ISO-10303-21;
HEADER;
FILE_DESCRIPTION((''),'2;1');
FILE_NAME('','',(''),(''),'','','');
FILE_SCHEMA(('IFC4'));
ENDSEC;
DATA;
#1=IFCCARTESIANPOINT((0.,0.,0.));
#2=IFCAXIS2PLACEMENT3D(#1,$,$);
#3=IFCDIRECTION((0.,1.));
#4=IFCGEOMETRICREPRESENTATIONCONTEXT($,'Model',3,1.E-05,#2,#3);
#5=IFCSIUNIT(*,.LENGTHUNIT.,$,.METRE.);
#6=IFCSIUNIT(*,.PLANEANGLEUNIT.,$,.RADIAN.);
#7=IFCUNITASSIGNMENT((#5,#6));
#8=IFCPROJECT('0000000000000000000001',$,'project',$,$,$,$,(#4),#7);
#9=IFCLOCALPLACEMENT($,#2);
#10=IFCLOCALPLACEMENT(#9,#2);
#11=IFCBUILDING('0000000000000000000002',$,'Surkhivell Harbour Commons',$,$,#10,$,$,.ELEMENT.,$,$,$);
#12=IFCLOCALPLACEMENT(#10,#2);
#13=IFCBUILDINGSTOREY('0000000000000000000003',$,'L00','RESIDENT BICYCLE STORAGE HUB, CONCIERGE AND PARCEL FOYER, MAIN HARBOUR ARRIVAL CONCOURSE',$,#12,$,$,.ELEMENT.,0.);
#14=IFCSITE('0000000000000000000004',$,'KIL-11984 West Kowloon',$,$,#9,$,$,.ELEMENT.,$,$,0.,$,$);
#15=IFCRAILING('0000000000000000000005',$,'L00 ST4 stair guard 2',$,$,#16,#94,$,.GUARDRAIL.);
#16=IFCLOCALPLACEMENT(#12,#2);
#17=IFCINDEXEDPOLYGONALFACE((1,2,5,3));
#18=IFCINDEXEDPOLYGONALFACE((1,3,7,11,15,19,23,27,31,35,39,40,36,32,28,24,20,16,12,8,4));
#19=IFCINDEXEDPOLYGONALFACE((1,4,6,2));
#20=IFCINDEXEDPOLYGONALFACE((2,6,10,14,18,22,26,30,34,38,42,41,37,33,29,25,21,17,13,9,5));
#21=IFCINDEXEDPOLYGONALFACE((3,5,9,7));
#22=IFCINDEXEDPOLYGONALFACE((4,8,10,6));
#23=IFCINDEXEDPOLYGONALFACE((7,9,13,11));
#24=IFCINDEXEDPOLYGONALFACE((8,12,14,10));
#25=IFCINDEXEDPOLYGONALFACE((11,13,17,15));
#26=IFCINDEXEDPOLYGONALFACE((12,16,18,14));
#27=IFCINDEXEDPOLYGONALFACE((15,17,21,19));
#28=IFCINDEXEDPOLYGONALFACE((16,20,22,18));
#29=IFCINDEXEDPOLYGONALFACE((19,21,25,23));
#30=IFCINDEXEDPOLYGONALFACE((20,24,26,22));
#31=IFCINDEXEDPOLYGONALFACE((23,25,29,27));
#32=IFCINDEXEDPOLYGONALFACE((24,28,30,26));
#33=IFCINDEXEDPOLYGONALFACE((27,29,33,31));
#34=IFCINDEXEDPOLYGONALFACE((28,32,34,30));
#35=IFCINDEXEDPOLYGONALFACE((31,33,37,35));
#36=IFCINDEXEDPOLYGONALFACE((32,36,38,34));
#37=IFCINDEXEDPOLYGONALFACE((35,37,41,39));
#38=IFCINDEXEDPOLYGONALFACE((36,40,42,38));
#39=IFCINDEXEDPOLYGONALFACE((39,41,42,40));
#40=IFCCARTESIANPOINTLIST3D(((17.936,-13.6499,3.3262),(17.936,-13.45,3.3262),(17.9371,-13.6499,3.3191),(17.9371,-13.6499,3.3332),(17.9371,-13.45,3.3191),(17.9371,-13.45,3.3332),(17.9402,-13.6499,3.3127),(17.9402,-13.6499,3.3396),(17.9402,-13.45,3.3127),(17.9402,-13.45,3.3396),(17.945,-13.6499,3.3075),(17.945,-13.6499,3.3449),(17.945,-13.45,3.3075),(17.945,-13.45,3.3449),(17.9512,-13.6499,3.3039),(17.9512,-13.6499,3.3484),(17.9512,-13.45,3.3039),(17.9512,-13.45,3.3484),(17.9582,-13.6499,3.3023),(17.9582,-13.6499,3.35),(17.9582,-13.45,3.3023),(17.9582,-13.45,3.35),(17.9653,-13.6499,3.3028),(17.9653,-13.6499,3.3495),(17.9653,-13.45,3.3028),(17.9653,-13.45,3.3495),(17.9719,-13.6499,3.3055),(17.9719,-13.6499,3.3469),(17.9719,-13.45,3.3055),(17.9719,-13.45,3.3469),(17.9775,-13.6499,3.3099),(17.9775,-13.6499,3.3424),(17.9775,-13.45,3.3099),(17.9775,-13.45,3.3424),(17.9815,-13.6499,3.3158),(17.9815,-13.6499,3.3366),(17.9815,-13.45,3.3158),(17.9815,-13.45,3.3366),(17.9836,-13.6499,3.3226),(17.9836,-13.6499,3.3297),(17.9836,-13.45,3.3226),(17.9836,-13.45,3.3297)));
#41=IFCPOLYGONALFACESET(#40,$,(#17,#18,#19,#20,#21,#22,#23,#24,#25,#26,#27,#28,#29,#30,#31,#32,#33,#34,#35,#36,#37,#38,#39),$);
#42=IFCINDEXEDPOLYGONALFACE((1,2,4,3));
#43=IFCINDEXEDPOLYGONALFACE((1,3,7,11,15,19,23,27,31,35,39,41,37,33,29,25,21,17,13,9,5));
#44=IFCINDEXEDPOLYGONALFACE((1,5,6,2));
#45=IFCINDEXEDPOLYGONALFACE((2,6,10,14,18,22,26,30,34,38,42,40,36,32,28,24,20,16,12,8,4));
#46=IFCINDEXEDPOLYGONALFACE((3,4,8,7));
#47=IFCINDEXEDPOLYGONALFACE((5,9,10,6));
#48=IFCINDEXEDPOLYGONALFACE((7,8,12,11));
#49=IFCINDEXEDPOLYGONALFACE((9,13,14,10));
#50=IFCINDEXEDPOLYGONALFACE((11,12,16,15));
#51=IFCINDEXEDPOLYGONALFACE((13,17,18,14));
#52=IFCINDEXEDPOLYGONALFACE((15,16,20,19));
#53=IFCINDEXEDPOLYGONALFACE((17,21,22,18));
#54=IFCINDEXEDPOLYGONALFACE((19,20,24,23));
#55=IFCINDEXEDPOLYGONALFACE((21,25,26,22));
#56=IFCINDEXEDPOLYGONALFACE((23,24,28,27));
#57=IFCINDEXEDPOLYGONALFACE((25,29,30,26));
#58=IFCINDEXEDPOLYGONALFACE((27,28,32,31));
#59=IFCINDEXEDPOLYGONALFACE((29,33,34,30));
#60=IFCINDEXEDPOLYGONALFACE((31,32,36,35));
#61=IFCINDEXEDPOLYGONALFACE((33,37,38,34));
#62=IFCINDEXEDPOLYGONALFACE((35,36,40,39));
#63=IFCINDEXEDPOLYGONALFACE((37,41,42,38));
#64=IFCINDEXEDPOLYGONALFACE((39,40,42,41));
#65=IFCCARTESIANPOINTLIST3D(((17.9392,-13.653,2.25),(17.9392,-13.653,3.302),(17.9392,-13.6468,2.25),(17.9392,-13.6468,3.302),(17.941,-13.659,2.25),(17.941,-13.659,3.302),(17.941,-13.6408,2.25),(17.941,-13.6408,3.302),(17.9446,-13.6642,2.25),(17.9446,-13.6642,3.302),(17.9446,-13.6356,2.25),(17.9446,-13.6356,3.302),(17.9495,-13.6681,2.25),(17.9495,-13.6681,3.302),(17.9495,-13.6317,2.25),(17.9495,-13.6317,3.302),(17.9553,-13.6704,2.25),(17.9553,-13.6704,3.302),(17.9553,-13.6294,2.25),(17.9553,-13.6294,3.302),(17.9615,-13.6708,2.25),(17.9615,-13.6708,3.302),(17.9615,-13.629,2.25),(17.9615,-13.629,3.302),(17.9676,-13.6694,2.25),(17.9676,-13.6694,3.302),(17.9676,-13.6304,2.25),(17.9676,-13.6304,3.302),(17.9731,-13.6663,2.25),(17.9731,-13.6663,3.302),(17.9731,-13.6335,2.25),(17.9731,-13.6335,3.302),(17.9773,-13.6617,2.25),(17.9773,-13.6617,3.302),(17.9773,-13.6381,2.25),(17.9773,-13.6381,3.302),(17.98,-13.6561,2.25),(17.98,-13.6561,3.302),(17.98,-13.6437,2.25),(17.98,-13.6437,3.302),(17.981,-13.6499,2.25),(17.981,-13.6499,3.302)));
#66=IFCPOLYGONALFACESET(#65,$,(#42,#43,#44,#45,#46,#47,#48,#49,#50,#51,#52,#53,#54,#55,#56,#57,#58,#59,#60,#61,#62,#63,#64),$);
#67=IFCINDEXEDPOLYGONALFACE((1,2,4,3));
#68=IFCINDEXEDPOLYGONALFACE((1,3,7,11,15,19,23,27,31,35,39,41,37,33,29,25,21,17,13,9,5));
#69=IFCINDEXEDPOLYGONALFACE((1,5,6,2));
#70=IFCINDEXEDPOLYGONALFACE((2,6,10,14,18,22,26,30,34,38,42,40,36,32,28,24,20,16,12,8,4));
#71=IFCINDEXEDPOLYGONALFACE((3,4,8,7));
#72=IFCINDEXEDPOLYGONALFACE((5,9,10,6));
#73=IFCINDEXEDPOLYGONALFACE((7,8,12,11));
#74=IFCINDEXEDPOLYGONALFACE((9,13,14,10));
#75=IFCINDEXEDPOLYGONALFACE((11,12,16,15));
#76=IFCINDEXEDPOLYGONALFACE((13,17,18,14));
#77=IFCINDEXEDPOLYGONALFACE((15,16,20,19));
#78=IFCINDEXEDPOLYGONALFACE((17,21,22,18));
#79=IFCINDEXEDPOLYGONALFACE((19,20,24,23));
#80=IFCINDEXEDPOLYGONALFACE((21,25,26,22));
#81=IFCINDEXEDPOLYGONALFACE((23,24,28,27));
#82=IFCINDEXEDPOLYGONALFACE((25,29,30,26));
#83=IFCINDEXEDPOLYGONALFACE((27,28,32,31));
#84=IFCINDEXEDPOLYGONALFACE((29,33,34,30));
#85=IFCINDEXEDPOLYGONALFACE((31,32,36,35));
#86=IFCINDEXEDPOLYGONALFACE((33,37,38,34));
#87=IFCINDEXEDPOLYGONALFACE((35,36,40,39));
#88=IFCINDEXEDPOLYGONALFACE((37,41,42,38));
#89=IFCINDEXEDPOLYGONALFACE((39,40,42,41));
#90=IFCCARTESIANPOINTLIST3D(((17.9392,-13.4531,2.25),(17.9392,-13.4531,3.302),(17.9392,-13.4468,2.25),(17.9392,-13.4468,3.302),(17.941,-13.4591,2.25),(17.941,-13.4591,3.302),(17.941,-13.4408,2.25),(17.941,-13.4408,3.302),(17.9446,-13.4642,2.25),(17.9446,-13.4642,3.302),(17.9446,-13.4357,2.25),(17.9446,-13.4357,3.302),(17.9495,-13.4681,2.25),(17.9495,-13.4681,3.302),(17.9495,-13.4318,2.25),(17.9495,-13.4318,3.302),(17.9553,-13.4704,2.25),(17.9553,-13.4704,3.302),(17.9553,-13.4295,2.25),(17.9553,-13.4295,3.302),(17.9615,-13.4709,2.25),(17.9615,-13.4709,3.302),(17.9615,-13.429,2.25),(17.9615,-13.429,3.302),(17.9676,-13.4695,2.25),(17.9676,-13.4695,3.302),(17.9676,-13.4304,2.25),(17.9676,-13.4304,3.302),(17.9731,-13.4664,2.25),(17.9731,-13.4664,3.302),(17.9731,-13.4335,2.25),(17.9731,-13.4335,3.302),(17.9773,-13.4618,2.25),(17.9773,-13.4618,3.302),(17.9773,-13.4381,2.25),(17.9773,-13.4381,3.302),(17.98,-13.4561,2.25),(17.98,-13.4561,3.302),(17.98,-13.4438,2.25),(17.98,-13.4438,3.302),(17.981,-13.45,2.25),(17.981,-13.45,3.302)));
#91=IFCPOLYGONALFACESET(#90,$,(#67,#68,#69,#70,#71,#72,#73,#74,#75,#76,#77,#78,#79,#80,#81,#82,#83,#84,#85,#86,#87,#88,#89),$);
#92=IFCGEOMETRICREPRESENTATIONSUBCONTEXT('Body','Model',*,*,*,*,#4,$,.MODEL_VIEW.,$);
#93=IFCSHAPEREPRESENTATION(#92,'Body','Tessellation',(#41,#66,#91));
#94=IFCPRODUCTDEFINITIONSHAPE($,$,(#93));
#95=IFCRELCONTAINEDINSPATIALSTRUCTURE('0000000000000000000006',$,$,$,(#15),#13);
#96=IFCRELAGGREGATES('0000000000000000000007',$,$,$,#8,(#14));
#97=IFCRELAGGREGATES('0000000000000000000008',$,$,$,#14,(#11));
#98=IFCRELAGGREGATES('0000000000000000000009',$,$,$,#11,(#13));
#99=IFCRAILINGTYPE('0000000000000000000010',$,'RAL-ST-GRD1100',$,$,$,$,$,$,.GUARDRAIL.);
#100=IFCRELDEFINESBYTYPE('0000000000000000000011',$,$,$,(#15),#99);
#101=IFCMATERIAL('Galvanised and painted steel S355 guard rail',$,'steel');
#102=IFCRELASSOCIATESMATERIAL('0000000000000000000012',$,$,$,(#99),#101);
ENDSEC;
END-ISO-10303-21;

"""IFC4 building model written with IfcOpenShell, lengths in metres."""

from ifc_helpers import new_model, si_unit, direction, frame, origin, origin_2d, place, context, subcontext, project, spatial, circle, extrude, material, type_object, element, save


model = new_model("IFC4")

# Units and contexts
model_context = context("Model", 3, precision=1e-05, world=origin(), true_north=direction((0.0, 1.0)))
body_context = subcontext(model_context, "Body", "Model", "MODEL_VIEW")
ifc_project = project(units=[si_unit("LENGTHUNIT", "METRE"), si_unit("PLANEANGLEUNIT", "RADIAN")], contexts=[model_context])

# Site, building, storey
site_placement = place(None, origin())
site = spatial("IfcSite", under=ifc_project, at=site_placement, Name="KIL-11984 West Kowloon", CompositionType="ELEMENT", RefElevation=0.0)
building_placement = place(site_placement, origin())
building = spatial("IfcBuilding", under=site, at=building_placement, Name="Surkhivell Harbour Commons", CompositionType="ELEMENT")
storey_placement = place(building_placement, origin())
storey = spatial("IfcBuildingStorey", under=building, at=storey_placement, Name="L00", Description="RESIDENT BICYCLE STORAGE HUB, CONCIERGE AND PARCEL FOYER, MAIN HARBOUR ARRIVAL CONCOURSE", CompositionType="ELEMENT", Elevation=0.0)

# Railing
ifc_material_1 = material(Name="Galvanised and painted steel S355 guard rail", Category="steel")
railing_type_1 = type_object("IfcRailingType", Name="RAL-ST-GRD1100", PredefinedType="GUARDRAIL", material=ifc_material_1)
railing_1_placement = place(storey_placement, frame((17.96, -13.6499, 2.25)))
element("IfcRailing", 1, at=railing_1_placement, inside=storey, type_object=railing_type_1, Name="L00 ST4 stair guard 2", PredefinedType="GUARDRAIL", context=body_context, shape_type="SweptSolid", body=[
    extrude(circle(Radius=0.0239, at=origin_2d()), frame((0.0, 0.0, 1.0762), z_axis=(0.0, 1.0, 0.0), x_axis=(-1.0, 0.0, 0.0)), (0.0, 0.0, 1.0), 0.2),
    extrude(circle(Radius=0.021, at=origin_2d()), origin(), (0.0, 0.0, 1.0), 1.052),
    extrude(circle(Radius=0.021, at=origin_2d()), frame((0.0, 0.2, 0.0)), (0.0, 0.0, 1.0), 1.052),
])

save(model, "model.ifc")
